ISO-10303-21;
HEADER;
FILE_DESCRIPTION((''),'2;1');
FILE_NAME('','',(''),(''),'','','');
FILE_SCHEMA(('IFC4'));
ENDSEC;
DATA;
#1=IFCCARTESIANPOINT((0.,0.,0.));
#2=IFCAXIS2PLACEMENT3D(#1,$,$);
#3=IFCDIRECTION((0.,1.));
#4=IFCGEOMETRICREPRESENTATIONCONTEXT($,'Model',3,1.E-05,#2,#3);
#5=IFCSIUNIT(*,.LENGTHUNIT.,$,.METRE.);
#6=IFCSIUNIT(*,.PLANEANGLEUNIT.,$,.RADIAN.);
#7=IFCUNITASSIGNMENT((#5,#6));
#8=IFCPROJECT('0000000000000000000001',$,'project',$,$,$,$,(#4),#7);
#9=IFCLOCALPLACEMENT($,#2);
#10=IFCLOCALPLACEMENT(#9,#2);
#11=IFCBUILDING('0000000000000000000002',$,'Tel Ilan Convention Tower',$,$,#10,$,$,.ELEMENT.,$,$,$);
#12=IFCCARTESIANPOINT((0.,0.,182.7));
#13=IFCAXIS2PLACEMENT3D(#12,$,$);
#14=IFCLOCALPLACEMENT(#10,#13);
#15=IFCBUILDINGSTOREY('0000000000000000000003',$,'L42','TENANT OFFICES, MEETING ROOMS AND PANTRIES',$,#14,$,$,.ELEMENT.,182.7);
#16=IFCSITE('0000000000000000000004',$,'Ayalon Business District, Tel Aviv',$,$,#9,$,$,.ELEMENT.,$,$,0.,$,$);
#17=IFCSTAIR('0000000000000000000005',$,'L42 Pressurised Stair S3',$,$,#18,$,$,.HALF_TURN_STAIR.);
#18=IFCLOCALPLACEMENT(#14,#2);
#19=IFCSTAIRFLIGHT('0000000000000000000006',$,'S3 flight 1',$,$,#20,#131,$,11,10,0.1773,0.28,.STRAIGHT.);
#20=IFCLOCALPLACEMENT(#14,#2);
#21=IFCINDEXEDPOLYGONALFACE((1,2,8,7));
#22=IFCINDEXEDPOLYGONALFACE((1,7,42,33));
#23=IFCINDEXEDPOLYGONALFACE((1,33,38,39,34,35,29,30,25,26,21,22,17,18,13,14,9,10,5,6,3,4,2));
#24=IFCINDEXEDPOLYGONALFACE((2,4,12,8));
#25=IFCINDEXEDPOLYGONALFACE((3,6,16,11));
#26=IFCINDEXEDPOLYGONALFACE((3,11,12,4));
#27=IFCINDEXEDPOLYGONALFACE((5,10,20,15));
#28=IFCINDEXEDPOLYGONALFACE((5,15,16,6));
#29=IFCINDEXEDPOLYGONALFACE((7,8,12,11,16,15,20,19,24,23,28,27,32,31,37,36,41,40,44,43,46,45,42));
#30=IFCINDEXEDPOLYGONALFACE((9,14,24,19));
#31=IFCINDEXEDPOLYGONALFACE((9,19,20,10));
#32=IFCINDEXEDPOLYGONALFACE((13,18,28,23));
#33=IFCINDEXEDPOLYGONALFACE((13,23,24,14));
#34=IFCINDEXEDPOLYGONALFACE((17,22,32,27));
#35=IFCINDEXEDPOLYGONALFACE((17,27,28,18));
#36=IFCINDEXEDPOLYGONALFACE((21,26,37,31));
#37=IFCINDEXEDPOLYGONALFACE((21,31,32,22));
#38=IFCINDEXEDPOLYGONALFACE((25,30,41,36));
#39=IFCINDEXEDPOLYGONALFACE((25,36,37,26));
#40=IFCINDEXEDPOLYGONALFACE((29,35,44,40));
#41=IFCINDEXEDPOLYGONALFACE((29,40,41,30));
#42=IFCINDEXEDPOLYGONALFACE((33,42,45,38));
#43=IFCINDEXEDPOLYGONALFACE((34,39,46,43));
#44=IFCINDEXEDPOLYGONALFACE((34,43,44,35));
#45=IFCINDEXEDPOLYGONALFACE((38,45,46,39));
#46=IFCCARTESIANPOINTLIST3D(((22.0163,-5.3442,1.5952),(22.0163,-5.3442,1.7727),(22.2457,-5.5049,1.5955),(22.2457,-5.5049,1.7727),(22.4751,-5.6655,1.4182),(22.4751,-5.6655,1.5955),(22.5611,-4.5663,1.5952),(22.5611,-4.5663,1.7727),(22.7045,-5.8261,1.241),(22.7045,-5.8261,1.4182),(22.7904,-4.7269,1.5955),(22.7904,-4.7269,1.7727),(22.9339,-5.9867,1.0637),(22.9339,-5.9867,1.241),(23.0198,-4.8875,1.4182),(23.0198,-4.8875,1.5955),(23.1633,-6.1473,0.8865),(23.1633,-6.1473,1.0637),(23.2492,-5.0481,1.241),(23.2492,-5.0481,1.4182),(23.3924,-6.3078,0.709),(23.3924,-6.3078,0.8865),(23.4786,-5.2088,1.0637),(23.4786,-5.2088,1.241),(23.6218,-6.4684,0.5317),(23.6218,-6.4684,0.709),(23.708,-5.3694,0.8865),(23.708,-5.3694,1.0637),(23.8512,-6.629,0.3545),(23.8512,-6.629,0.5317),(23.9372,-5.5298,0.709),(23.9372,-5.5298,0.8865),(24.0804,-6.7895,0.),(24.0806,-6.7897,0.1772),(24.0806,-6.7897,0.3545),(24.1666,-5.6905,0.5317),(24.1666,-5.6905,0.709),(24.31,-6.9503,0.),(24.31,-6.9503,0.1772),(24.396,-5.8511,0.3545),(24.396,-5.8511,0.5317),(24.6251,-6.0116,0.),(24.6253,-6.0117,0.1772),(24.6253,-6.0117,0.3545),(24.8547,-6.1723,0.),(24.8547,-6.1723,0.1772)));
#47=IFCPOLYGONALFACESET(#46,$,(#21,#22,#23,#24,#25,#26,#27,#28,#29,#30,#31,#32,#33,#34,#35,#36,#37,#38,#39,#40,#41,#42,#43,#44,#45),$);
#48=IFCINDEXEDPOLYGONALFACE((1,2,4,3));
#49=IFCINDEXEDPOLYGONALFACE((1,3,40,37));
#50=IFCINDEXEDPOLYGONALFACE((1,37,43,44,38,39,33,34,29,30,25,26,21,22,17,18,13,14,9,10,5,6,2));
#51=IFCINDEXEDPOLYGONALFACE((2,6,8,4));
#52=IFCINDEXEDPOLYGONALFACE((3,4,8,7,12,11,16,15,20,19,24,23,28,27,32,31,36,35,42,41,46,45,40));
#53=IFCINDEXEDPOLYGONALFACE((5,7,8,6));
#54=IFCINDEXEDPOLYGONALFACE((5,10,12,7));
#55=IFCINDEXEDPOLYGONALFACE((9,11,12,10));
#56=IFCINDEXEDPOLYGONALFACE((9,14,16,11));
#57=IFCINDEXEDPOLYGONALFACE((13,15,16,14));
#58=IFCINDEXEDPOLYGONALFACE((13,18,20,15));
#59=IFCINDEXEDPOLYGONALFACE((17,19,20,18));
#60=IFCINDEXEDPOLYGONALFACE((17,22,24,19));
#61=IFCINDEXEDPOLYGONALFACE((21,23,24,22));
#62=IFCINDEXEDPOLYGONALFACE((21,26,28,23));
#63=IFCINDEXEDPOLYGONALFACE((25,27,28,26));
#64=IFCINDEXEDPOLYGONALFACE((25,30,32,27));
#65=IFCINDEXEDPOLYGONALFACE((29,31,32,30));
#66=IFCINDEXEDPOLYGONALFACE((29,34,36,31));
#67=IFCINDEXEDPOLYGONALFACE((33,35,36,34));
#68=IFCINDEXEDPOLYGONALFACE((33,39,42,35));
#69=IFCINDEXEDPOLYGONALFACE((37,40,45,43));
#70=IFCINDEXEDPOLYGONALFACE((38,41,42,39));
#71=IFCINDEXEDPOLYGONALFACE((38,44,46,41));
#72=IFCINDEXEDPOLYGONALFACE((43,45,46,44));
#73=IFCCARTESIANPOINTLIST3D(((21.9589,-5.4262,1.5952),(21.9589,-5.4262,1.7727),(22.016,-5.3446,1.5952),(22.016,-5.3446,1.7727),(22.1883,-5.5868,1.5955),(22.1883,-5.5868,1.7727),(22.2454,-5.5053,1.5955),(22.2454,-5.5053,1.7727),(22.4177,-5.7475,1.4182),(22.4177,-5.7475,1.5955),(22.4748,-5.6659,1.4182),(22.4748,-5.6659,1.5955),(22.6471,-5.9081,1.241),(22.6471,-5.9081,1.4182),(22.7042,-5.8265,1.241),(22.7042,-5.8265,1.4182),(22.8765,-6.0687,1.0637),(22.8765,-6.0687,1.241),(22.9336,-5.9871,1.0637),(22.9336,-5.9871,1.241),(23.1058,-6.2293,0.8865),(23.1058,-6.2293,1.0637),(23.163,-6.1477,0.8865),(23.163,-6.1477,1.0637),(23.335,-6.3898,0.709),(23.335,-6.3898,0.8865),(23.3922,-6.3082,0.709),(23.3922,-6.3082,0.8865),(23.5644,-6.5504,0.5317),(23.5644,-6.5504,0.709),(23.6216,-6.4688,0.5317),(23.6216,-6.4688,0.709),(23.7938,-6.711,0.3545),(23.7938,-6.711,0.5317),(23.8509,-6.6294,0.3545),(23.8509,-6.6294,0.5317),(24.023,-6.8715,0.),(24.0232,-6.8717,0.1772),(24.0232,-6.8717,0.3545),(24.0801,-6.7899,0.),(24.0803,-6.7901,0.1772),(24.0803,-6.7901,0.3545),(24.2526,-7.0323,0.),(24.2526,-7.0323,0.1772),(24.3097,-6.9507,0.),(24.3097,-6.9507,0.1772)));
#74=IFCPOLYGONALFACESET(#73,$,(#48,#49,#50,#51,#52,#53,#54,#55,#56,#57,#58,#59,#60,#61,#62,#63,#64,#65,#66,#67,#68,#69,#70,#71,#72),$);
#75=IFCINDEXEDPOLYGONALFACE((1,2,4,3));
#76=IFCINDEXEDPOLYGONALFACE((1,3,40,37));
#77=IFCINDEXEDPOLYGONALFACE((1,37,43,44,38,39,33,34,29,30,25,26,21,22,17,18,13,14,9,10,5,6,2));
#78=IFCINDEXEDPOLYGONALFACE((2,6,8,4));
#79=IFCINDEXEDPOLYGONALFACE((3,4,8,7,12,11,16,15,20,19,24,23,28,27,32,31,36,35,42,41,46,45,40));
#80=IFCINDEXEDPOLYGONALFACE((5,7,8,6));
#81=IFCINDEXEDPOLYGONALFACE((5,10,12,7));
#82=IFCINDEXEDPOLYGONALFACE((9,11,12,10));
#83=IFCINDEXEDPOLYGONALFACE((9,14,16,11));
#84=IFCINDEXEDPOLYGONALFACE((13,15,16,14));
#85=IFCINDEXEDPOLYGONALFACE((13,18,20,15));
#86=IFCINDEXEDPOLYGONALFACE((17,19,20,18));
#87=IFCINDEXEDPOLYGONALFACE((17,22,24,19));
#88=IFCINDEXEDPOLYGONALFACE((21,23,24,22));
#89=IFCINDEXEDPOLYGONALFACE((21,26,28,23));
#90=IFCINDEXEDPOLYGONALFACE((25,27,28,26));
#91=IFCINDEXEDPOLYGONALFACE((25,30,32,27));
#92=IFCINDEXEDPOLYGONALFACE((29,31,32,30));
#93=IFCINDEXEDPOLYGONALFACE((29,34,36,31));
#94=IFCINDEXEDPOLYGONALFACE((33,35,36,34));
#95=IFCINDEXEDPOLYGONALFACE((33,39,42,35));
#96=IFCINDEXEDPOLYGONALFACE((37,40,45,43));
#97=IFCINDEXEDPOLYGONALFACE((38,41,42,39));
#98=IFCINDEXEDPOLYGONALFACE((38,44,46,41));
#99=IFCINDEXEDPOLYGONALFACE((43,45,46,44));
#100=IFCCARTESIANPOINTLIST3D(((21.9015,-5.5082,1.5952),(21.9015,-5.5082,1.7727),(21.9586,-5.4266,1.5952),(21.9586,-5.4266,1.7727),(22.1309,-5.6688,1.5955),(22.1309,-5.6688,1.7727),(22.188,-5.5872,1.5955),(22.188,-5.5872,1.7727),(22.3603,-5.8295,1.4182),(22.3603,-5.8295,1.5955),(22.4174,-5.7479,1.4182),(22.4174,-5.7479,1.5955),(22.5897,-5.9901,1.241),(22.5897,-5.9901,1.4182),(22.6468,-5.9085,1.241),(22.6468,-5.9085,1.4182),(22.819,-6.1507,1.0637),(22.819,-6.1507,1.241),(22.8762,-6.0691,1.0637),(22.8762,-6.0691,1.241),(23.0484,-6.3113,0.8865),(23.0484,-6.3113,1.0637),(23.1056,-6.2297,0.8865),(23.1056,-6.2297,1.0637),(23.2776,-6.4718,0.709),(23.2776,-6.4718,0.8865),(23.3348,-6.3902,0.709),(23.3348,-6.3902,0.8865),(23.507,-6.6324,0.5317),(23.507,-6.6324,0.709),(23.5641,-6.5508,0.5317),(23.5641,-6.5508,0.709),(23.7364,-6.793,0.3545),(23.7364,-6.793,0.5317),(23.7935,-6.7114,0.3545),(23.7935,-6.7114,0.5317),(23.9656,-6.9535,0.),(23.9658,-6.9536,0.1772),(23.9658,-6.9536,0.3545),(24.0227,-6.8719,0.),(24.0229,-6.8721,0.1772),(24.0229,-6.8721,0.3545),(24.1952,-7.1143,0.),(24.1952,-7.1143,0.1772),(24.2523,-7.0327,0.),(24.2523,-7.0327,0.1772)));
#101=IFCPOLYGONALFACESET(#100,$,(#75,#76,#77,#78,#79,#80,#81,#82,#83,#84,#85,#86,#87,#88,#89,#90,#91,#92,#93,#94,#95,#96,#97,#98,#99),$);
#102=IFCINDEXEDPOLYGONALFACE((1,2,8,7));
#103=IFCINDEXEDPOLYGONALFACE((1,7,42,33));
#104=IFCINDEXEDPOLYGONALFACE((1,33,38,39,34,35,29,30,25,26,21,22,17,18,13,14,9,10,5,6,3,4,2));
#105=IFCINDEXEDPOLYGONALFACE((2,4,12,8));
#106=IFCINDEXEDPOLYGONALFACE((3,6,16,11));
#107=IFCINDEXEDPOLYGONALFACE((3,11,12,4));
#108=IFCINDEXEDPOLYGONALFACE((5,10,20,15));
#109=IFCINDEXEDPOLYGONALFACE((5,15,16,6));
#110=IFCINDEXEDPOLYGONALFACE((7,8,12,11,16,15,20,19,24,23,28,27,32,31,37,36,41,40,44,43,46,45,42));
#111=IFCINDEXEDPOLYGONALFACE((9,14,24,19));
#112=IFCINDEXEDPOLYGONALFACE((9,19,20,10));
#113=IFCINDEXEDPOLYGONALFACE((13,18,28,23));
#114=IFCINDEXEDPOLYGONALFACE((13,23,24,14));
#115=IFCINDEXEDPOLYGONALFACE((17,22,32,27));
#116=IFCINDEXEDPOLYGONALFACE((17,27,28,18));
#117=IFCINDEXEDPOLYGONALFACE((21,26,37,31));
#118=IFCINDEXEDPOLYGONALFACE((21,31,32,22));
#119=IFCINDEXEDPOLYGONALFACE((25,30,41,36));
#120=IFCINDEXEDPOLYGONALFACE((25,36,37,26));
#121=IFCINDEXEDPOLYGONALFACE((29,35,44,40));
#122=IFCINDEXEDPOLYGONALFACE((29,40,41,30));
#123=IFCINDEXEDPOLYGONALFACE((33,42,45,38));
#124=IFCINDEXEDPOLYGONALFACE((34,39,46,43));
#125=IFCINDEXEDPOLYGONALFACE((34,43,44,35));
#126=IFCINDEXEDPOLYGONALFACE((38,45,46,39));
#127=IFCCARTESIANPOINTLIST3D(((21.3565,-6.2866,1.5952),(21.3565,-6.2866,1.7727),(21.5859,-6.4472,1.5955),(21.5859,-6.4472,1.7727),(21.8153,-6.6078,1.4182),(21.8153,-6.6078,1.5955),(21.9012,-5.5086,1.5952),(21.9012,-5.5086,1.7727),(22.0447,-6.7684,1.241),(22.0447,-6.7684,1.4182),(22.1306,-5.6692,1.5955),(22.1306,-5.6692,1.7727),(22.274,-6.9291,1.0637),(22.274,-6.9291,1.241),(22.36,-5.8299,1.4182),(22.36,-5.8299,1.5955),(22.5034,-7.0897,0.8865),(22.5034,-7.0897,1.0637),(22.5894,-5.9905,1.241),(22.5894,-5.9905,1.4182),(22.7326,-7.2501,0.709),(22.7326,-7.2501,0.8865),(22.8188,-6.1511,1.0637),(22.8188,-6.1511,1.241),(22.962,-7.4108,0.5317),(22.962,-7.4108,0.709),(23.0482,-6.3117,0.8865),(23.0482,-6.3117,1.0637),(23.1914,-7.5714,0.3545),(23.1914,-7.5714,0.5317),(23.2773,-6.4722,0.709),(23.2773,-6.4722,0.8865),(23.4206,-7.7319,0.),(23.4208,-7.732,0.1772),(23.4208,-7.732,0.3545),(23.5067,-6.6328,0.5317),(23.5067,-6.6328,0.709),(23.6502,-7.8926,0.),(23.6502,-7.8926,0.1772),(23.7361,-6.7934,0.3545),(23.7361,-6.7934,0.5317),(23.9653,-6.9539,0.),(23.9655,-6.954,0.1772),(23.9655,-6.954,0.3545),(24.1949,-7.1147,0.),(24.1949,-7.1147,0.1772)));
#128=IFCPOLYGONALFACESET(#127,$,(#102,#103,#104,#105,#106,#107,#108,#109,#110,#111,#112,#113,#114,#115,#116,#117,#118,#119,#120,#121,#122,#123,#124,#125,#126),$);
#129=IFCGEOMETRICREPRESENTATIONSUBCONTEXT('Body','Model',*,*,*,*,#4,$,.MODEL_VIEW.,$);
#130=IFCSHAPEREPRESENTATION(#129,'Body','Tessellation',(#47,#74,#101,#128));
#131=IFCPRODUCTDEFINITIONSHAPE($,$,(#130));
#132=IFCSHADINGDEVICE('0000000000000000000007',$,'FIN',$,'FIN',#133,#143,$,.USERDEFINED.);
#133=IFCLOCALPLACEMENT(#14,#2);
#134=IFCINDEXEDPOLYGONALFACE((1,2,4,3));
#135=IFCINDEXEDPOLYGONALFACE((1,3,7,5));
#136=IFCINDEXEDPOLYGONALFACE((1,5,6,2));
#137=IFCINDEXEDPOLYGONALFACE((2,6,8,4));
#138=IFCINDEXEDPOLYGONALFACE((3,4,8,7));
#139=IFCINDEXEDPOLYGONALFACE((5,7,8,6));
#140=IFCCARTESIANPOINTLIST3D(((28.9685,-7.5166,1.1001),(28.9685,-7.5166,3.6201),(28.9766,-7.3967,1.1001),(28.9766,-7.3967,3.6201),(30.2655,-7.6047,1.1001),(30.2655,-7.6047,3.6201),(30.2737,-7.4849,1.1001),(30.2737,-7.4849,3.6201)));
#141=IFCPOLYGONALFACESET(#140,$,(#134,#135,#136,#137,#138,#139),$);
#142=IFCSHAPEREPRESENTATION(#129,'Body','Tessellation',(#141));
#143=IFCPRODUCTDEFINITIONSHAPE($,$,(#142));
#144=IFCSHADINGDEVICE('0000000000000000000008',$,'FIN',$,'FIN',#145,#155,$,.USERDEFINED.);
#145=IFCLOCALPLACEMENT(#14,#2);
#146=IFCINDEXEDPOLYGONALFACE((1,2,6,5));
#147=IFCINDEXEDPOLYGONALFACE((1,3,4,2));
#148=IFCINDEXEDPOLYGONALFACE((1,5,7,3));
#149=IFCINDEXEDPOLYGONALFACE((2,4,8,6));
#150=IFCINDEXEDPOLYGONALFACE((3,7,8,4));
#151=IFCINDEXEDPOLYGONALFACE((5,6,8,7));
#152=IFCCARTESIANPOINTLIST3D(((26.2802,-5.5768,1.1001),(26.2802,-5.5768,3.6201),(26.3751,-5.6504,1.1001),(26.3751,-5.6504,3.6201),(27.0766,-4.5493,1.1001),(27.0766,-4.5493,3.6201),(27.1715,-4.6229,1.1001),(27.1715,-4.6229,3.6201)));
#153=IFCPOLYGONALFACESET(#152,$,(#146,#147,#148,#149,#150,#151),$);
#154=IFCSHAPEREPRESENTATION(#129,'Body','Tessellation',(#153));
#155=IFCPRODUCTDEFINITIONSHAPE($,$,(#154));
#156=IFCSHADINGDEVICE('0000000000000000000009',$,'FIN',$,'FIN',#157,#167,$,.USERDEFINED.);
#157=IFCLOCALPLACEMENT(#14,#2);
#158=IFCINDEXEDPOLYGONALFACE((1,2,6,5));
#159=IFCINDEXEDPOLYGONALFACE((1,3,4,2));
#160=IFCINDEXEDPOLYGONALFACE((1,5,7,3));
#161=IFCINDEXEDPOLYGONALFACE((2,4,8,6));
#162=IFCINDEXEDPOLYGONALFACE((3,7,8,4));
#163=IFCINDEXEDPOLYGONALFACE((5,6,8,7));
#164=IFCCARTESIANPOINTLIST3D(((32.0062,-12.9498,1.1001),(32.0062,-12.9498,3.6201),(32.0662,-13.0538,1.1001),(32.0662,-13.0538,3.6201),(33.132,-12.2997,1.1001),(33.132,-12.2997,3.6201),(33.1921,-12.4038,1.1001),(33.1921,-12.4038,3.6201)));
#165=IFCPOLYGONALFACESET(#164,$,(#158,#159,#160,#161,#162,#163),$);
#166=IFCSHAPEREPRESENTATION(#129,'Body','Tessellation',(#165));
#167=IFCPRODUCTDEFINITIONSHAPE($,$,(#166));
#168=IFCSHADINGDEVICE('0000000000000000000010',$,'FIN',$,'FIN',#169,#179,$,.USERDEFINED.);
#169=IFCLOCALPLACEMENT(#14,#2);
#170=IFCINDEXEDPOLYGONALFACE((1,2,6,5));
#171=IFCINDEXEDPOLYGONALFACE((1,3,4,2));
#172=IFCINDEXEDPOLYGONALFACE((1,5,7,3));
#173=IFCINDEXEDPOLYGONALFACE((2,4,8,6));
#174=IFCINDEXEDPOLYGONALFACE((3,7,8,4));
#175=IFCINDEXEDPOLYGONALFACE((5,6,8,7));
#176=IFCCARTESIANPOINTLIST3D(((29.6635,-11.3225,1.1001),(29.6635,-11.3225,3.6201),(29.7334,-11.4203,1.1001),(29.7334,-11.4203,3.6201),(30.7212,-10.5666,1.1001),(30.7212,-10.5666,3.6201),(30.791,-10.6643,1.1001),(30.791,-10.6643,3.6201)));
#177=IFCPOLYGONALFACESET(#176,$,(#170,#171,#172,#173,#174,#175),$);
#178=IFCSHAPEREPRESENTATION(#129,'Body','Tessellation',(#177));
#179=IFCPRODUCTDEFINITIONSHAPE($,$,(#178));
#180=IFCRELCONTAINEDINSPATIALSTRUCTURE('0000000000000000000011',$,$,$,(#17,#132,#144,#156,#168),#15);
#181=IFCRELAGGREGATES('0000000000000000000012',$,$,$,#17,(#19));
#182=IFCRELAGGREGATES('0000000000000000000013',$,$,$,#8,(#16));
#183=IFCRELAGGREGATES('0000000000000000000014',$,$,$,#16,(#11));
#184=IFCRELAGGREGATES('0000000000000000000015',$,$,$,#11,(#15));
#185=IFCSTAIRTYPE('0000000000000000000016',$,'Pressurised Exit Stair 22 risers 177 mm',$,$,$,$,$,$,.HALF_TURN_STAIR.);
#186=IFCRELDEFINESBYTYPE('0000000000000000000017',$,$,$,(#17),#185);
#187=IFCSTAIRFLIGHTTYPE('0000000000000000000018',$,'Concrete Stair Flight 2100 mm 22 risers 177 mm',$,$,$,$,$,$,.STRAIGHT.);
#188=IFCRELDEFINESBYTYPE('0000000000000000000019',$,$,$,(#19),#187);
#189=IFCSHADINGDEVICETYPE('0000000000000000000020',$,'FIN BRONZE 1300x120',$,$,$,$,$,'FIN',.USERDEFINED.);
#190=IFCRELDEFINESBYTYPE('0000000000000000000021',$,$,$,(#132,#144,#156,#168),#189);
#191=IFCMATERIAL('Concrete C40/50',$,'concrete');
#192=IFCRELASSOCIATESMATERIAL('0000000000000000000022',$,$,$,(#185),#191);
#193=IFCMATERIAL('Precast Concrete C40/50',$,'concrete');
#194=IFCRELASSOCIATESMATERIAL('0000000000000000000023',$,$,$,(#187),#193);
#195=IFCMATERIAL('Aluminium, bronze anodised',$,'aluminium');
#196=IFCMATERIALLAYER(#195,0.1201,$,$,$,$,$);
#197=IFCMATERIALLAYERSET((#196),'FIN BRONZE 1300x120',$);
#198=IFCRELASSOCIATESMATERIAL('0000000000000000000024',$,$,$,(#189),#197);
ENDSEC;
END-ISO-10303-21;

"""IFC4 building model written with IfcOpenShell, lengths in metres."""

from ifc_helpers import new_model, si_unit, direction, frame, origin, origin_2d, place, context, subcontext, project, spatial, polyline, rectangle, outline, extrude, material, layer, layer_set, type_object, element, aggregate, save


model = new_model("IFC4")

# Units and contexts
model_context = context("Model", 3, precision=1e-05, world=origin(), true_north=direction((0.0, 1.0)))
body_context = subcontext(model_context, "Body", "Model", "MODEL_VIEW")
ifc_project = project(units=[si_unit("LENGTHUNIT", "METRE"), si_unit("PLANEANGLEUNIT", "RADIAN")], contexts=[model_context])

# Site, building, storey
site_placement = place(None, origin())
site = spatial("IfcSite", under=ifc_project, at=site_placement, Name="Ayalon Business District, Tel Aviv", CompositionType="ELEMENT", RefElevation=0.0)
building_placement = place(site_placement, origin())
building = spatial("IfcBuilding", under=site, at=building_placement, Name="Tel Ilan Convention Tower", CompositionType="ELEMENT")
storey_placement = place(building_placement, frame((0.0, 0.0, 182.7)))
storey = spatial("IfcBuildingStorey", under=building, at=storey_placement, Name="L42", Description="TENANT OFFICES, MEETING ROOMS AND PANTRIES", CompositionType="ELEMENT", Elevation=182.7)

# Stair, stair flight
ifc_material_1 = material(Name="Concrete C40/50", Category="concrete")
stair_type = type_object("IfcStairType", Name="Pressurised Exit Stair 22 risers 177 mm", PredefinedType="HALF_TURN_STAIR", material=ifc_material_1)
stair_placement = place(storey_placement, origin())
stair = element("IfcStair", 1, at=stair_placement, inside=storey, type_object=stair_type, Name="L42 Pressurised Stair S3", PredefinedType="HALF_TURN_STAIR")
ifc_material_2 = material(Name="Precast Concrete C40/50", Category="concrete")
stair_flight_type = type_object("IfcStairFlightType", Name="Concrete Stair Flight 2100 mm 22 risers 177 mm", PredefinedType="STRAIGHT", material=ifc_material_2)
stair_flight_placement = place(storey_placement, frame((24.2524, -7.0325, 0.0), z_axis=(0.0, 0.0, 1.0), x_axis=(-0.819152, 0.573576, 0.0)))
stair_flight = element("IfcStairFlight", 2, at=stair_flight_placement, type_object=stair_flight_type, Name="S3 flight 1", NumberOfRisers=11, NumberOfTreads=10, PredefinedType="STRAIGHT", RiserHeight=0.1773, TreadLength=0.28, context=body_context, shape_type="SweptSolid", body=[
    extrude(outline(polyline([(0.0, 0.0), (0.0, 0.1772), (0.28, 0.1772), (0.28, 0.3545), (0.5601, 0.3545), (0.5601, 0.5317), (0.8401, 0.5317), (0.8401, 0.709), (1.1201, 0.709), (1.1201, 0.8865), (1.3999, 0.8865), (1.3999, 1.0637), (1.6799, 1.0637), (1.6799, 1.241), (1.96, 1.241), (1.96, 1.4182), (2.24, 1.4182), (2.24, 1.5955), (2.52, 1.5955), (2.52, 1.7727), (2.8, 1.7727), (2.8, 1.95), (2.8, 1.5952), (0.2803, 0.0), (0.0, 0.0)])), frame((0.0, -0.1003, 0.0), z_axis=(0.0, -1.0, 0.0), x_axis=(1.0, 0.0, 0.0)), (0.0, 0.0, 1.0), 0.9497),
    extrude(outline(polyline([(0.0, 0.0), (0.0, 0.1772), (0.28, 0.1772), (0.28, 0.3545), (0.5601, 0.3545), (0.5601, 0.5317), (0.8401, 0.5317), (0.8401, 0.709), (1.1201, 0.709), (1.1201, 0.8865), (1.3999, 0.8865), (1.3999, 1.0637), (1.6799, 1.0637), (1.6799, 1.241), (1.96, 1.241), (1.96, 1.4182), (2.24, 1.4182), (2.24, 1.5955), (2.52, 1.5955), (2.52, 1.7727), (2.8, 1.7727), (2.8, 1.95), (2.8, 1.5952), (0.2803, 0.0), (0.0, 0.0)])), frame((0.0, -0.0002, 0.0), z_axis=(0.0, -1.0, 0.0), x_axis=(1.0, 0.0, 0.0)), (0.0, 0.0, 1.0), 0.0996),
    extrude(outline(polyline([(0.0, 0.0), (0.0, 0.1772), (0.28, 0.1772), (0.28, 0.3545), (0.5601, 0.3545), (0.5601, 0.5317), (0.8401, 0.5317), (0.8401, 0.709), (1.1201, 0.709), (1.1201, 0.8865), (1.3999, 0.8865), (1.3999, 1.0637), (1.6799, 1.0637), (1.6799, 1.241), (1.96, 1.241), (1.96, 1.4182), (2.24, 1.4182), (2.24, 1.5955), (2.52, 1.5955), (2.52, 1.7727), (2.8, 1.7727), (2.8, 1.95), (2.8, 1.5952), (0.2803, 0.0), (0.0, 0.0)])), frame((0.0, 0.0999, 0.0), z_axis=(0.0, -1.0, 0.0), x_axis=(1.0, 0.0, 0.0)), (0.0, 0.0, 1.0), 0.0996),
    extrude(outline(polyline([(0.0, 0.0), (0.0, 0.1772), (0.28, 0.1772), (0.28, 0.3545), (0.5601, 0.3545), (0.5601, 0.5317), (0.8401, 0.5317), (0.8401, 0.709), (1.1201, 0.709), (1.1201, 0.8865), (1.3999, 0.8865), (1.3999, 1.0637), (1.6799, 1.0637), (1.6799, 1.241), (1.96, 1.241), (1.96, 1.4182), (2.24, 1.4182), (2.24, 1.5955), (2.52, 1.5955), (2.52, 1.7727), (2.8, 1.7727), (2.8, 1.95), (2.8, 1.5952), (0.2803, 0.0), (0.0, 0.0)])), frame((0.0, 1.05, 0.0), z_axis=(0.0, -1.0, 0.0), x_axis=(1.0, 0.0, 0.0)), (0.0, 0.0, 1.0), 0.9497),
])
aggregate(stair, [stair_flight])

# Shading devices
ifc_material_3 = material(Name="Aluminium, bronze anodised", Category="aluminium")
ifc_layer_1 = layer(ifc_material_3, 0.1201)
ifc_layer_set_1 = layer_set([ifc_layer_1], Name="FIN BRONZE 1300x120")
shading_device_type = type_object("IfcShadingDeviceType", Name="FIN BRONZE 1300x120", ElementType="FIN", PredefinedType="USERDEFINED", material=ifc_layer_set_1)
for number, where, z_axis, x_axis, name in (
    (3, (29.6211, -7.5007, 1.1001), (0.0, 0.0, 1.0), (0.997697, -0.067822, 0.0), "FIN"),
    (4, (26.7258, -5.0999, 1.1001), (0.0, 0.0, 1.0), (0.612601, 0.790393, 0.0), "FIN"),
    (5, (32.5991, -12.6768, 1.1001), (0.0, 0.0, 1.0), (0.866025, 0.5, 0.0), "FIN"),
    (6, (30.2273, -10.9934, 1.1001), (0.0, 0.0, 1.0), (0.813552, 0.581492, 0.0), "FIN"),
):
    element("IfcShadingDevice", number, at=place(storey_placement, frame(where, z_axis=z_axis, x_axis=x_axis)), inside=storey, type_object=shading_device_type, Name=name, ObjectType="FIN", PredefinedType="USERDEFINED", context=body_context, shape_type="SweptSolid", body=[
        extrude(rectangle(XDim=1.3, YDim=0.1201, at=origin_2d()), origin(), (0.0, 0.0, 1.0), 2.52),
    ])

save(model, "model.ifc")
